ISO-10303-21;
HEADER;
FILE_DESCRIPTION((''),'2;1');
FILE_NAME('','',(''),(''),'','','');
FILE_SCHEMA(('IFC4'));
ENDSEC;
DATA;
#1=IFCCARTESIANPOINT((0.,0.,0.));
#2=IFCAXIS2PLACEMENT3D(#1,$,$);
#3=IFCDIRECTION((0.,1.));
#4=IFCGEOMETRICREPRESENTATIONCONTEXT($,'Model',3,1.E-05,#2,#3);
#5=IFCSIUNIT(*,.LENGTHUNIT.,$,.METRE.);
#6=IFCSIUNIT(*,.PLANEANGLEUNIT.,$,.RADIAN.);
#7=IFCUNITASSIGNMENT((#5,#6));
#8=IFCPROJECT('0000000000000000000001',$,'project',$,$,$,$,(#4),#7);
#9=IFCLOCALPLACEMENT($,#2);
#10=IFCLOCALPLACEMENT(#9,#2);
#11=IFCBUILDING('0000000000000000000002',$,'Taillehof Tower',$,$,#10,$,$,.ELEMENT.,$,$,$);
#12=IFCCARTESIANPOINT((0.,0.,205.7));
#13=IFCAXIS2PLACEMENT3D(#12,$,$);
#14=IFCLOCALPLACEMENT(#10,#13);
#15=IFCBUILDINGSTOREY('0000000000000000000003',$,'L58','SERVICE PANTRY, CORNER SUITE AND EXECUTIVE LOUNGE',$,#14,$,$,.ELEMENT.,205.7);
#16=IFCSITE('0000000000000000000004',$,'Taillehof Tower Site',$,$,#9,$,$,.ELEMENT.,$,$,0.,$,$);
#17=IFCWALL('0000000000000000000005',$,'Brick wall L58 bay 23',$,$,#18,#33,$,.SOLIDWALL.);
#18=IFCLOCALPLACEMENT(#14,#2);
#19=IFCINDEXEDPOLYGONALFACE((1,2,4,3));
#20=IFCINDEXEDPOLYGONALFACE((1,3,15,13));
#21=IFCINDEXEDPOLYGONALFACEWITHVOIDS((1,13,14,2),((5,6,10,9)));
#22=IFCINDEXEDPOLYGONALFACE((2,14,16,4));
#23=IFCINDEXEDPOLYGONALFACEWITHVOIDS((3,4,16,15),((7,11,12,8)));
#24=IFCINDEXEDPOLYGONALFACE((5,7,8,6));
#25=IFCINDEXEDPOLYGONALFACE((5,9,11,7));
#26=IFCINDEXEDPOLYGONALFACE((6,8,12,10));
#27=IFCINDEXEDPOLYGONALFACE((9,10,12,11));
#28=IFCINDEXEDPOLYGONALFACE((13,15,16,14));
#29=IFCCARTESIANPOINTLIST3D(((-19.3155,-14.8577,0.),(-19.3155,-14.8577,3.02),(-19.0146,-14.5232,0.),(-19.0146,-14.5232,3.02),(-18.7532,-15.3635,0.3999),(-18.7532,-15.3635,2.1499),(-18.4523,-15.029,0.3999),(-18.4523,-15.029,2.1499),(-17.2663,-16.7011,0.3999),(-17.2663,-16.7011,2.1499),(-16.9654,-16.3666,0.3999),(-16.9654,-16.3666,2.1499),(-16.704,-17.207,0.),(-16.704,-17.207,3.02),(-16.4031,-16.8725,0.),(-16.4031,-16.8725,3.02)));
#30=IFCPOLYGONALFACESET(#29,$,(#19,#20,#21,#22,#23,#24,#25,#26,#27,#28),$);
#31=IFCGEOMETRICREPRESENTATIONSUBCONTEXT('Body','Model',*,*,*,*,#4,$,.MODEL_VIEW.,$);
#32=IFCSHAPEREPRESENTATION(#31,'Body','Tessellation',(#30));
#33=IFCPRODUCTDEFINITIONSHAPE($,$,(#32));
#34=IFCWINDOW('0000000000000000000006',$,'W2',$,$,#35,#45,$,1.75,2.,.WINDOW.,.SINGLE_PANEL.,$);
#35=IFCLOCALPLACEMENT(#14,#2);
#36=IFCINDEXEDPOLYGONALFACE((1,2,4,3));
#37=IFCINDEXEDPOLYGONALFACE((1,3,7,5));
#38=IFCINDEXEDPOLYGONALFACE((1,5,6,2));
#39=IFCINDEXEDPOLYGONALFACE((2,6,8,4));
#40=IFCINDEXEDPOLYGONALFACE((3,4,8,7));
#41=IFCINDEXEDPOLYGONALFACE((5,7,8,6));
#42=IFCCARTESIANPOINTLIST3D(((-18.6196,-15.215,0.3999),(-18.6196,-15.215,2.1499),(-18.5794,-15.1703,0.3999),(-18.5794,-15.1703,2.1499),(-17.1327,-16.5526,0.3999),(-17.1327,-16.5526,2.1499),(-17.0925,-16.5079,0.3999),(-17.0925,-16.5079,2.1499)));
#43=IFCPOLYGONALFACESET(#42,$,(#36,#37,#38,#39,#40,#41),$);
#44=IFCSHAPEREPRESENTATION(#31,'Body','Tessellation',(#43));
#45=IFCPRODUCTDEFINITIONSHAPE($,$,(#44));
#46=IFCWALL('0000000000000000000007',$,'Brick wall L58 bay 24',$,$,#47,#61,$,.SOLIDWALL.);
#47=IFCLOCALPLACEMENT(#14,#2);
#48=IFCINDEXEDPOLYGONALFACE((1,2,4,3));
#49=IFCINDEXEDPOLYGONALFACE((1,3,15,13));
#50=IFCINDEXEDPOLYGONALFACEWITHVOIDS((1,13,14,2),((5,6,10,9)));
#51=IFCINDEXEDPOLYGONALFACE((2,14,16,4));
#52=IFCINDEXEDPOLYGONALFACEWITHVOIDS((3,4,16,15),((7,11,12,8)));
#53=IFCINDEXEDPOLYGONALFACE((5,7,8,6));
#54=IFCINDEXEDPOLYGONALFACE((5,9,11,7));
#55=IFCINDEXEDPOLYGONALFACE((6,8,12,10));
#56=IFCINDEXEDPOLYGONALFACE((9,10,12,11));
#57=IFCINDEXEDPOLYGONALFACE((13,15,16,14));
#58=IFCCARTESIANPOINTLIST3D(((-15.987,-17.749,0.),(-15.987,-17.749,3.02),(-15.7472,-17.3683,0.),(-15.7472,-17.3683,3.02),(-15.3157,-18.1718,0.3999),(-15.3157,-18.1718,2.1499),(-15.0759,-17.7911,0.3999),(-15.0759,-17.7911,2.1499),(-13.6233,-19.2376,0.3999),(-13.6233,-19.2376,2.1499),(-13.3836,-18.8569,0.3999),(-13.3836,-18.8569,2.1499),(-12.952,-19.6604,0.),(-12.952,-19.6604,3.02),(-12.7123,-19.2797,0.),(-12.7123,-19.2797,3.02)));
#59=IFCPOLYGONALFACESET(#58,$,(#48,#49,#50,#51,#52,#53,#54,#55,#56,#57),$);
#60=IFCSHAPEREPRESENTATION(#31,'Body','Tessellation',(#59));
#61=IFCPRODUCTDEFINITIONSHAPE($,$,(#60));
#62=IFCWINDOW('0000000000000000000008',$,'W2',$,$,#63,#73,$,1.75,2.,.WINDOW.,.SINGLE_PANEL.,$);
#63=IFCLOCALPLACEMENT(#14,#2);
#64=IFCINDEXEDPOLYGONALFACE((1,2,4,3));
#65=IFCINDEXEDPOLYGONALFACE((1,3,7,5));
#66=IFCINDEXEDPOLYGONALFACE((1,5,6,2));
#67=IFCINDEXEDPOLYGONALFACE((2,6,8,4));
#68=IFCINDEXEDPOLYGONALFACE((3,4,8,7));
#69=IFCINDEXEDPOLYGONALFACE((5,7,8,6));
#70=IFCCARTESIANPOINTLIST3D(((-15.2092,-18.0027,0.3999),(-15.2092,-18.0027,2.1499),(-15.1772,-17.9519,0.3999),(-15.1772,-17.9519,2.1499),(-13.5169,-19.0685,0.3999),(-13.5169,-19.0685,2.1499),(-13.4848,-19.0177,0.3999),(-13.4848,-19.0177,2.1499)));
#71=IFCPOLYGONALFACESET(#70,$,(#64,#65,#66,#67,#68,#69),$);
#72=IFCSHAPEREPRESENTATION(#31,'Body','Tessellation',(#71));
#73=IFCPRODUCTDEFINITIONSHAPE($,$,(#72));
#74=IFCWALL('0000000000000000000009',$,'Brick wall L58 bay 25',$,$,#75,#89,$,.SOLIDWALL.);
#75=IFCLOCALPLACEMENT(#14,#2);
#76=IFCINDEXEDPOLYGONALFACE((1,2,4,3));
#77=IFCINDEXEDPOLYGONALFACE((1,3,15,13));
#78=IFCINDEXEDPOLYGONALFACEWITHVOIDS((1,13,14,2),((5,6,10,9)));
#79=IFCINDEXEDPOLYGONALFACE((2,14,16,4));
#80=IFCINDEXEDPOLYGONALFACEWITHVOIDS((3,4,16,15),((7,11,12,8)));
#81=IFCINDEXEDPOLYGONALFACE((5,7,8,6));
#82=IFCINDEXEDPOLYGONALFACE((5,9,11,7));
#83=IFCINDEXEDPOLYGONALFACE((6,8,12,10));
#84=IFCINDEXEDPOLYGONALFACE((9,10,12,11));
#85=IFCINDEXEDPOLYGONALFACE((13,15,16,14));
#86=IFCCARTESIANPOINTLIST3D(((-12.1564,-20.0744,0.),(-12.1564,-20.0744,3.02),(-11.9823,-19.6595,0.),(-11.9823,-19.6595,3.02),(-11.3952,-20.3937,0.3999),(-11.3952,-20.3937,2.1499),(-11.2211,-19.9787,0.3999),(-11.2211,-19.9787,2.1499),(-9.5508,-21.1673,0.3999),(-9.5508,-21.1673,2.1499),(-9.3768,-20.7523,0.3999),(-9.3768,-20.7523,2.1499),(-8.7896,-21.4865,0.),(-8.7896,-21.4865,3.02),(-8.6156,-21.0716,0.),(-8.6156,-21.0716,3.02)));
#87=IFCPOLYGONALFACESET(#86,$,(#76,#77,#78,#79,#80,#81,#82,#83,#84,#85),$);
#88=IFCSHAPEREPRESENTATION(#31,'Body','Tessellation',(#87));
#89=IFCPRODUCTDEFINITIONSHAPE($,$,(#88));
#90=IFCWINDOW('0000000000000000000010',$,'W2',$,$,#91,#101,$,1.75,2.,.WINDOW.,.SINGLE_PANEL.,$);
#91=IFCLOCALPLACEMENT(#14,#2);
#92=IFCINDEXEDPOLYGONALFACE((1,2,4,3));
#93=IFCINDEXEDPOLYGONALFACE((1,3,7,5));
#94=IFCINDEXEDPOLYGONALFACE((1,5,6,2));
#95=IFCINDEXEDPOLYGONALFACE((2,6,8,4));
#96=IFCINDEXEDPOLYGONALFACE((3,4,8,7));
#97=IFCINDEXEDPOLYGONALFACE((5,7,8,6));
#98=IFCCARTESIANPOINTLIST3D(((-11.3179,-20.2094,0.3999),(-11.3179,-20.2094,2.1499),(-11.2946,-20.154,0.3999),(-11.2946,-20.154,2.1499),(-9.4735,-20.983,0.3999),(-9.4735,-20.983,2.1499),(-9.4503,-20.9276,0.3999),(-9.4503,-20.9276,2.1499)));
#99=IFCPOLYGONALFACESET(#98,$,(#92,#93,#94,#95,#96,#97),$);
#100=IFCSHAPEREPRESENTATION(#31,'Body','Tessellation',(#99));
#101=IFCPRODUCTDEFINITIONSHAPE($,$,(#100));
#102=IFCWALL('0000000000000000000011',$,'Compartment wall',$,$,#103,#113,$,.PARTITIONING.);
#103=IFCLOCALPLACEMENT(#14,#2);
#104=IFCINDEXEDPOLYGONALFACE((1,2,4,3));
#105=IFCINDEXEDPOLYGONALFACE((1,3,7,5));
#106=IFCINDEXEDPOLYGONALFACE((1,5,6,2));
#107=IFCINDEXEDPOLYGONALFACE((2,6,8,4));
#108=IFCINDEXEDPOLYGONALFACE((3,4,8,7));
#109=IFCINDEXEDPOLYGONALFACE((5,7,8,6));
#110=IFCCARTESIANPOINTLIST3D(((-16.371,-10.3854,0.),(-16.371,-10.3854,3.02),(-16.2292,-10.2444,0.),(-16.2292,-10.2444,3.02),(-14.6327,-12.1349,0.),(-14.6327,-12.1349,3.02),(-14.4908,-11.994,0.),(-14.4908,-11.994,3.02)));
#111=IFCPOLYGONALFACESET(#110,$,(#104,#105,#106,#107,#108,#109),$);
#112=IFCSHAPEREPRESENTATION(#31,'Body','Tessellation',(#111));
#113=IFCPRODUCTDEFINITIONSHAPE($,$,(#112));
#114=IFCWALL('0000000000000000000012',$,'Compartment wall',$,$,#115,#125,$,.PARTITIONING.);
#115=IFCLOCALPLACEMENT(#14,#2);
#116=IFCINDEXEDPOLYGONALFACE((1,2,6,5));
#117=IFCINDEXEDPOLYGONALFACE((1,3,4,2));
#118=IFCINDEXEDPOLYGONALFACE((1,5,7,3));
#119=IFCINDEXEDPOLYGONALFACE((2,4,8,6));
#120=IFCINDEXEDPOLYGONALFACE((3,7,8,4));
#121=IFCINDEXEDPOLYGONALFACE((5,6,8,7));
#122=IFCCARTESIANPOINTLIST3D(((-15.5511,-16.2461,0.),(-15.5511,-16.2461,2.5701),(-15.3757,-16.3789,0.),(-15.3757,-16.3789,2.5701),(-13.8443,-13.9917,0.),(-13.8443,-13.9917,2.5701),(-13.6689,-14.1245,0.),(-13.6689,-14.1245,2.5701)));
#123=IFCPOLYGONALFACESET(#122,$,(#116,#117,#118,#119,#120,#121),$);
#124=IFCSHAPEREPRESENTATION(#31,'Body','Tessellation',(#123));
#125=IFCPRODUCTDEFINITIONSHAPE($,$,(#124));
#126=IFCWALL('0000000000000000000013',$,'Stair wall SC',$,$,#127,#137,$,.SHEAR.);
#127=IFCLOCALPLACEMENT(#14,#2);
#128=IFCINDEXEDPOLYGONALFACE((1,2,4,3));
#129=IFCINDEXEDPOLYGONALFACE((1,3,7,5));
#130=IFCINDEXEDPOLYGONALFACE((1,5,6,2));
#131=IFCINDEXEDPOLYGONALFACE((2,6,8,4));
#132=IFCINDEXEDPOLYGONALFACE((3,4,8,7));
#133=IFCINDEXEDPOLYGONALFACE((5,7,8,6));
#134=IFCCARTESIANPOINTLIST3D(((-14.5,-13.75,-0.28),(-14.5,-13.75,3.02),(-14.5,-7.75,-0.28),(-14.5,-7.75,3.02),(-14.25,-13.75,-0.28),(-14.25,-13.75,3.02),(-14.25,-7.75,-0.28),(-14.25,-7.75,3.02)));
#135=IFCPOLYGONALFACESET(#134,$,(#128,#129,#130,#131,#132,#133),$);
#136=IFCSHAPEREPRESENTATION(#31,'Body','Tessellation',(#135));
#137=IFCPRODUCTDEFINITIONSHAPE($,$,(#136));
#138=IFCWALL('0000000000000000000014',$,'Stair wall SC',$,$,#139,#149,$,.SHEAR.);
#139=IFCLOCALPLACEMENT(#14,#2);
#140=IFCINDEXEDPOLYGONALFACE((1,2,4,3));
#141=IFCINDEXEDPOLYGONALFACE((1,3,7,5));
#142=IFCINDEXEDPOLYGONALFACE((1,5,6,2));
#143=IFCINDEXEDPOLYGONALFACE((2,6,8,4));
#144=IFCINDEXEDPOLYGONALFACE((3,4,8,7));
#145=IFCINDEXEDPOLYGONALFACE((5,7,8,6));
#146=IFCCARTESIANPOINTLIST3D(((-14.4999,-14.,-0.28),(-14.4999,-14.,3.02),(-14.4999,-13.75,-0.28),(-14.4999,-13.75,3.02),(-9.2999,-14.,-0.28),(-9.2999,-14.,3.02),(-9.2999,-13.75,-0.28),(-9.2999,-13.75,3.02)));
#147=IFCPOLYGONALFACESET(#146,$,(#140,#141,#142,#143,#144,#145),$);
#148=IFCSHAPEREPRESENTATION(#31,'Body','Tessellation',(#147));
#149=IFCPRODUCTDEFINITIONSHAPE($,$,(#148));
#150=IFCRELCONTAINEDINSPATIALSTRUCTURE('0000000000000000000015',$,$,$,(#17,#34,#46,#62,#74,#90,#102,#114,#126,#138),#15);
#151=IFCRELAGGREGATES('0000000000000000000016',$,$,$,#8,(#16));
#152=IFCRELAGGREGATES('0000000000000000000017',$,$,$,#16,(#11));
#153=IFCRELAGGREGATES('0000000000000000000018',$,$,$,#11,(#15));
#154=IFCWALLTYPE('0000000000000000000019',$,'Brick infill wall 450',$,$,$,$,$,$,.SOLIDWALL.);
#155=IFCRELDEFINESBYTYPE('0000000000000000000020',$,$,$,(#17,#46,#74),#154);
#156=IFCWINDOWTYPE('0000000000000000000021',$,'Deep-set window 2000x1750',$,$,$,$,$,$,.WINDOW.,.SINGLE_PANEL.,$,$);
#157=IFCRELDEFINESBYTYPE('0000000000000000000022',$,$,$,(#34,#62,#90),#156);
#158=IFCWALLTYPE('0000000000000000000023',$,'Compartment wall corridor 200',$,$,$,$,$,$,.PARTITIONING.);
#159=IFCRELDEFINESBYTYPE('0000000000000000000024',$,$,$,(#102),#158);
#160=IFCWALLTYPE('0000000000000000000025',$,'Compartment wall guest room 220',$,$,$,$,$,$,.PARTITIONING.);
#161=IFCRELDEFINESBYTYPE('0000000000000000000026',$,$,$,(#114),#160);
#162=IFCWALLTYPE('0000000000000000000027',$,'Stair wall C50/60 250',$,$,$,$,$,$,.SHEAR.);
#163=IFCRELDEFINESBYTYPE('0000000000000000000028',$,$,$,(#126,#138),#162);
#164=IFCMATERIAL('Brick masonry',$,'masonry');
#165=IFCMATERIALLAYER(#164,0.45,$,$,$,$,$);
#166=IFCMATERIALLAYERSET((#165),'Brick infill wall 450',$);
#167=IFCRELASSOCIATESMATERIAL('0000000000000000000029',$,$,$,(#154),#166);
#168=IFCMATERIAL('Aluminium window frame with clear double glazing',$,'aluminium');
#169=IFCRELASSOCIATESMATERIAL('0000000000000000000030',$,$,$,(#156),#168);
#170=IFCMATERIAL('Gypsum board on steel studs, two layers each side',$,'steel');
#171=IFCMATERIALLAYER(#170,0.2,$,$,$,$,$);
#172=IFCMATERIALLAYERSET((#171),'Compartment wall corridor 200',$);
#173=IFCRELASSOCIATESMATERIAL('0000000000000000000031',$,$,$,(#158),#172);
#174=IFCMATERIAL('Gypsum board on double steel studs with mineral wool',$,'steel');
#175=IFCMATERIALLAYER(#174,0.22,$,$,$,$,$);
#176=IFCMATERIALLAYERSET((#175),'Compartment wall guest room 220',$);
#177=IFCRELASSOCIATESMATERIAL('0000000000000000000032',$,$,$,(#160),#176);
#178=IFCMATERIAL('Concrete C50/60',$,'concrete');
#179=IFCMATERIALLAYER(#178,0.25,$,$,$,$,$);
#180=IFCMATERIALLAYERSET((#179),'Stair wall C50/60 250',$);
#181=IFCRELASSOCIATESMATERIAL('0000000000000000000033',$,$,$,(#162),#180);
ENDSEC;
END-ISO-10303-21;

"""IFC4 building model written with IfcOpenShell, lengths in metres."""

from ifc_helpers import new_model, si_unit, direction, frame, frame_2d, origin, place, context, subcontext, project, spatial, rectangle, extrude, material, layer, layer_set, type_object, element, fill, save


model = new_model("IFC4")

# Units and contexts
model_context = context("Model", 3, precision=1e-05, world=origin(), true_north=direction((0.0, 1.0)))
body_context = subcontext(model_context, "Body", "Model", "MODEL_VIEW")
ifc_project = project(units=[si_unit("LENGTHUNIT", "METRE"), si_unit("PLANEANGLEUNIT", "RADIAN")], contexts=[model_context])

# Site, building, storey
site_placement = place(None, origin())
site = spatial("IfcSite", under=ifc_project, at=site_placement, Name="Taillehof Tower Site", CompositionType="ELEMENT", RefElevation=0.0)
building_placement = place(site_placement, origin())
building = spatial("IfcBuilding", under=site, at=building_placement, Name="Taillehof Tower", CompositionType="ELEMENT")
storey_placement = place(building_placement, frame((0.0, 0.0, 205.7)))
storey = spatial("IfcBuildingStorey", under=building, at=storey_placement, Name="L58", Description="SERVICE PANTRY, CORNER SUITE AND EXECUTIVE LOUNGE", CompositionType="ELEMENT", Elevation=205.7)

# Walls, openings, windows
ifc_material_1 = material(Name="Brick masonry", Category="masonry")
ifc_layer_1 = layer(ifc_material_1, 0.45)
ifc_layer_set_1 = layer_set([ifc_layer_1], Name="Brick infill wall 450")
wall_type_1 = type_object("IfcWallType", Name="Brick infill wall 450", PredefinedType="SOLIDWALL", material=ifc_layer_set_1)
ifc_material_2 = material(Name="Aluminium window frame with clear double glazing", Category="aluminium")
window_type = type_object("IfcWindowType", Name="Deep-set window 2000x1750", PartitioningType="SINGLE_PANEL", PredefinedType="WINDOW", material=ifc_material_2)
wall_1_placement = place(storey_placement, frame((-19.165, -14.6904, 0.0), z_axis=(0.0, 0.0, 1.0), x_axis=(0.743443, -0.6688, 0.0)))
wall_1 = element("IfcWall", 1, at=wall_1_placement, inside=storey, type_object=wall_type_1, Name="Brick wall L58 bay 23", PredefinedType="SOLIDWALL", context=body_context, shape_type="SweptSolid", body=[
    extrude(rectangle(XDim=3.5127, YDim=0.45, at=frame_2d((1.7563, 0.0))), origin(), (0.0, 0.0, 1.0), 3.02),
])
opening_1_placement = place(wall_1_placement, frame((0.7563, 0.0, 0.3999)))
opening_1 = element("IfcOpeningElement", 2, at=opening_1_placement, cuts=wall_1, PredefinedType="OPENING", context=body_context, shape_type="SweptSolid", body=[
    extrude(rectangle(XDim=2.0, YDim=1.75, at=frame_2d((1.0, 0.875))), frame((0.0, 0.2349, 0.0), z_axis=(0.0, -1.0, 0.0), x_axis=(1.0, 0.0, 0.0)), (0.0, 0.0, 1.0), 0.47),
])
window_1_placement = place(opening_1_placement, origin())
window_1 = element("IfcWindow", 3, at=window_1_placement, inside=storey, type_object=window_type, Name="W2", OverallHeight=1.75, OverallWidth=2.0, PartitioningType="SINGLE_PANEL", PredefinedType="WINDOW", context=body_context, shape_type="SweptSolid", body=[
    extrude(rectangle(XDim=2.0, YDim=1.75, at=frame_2d((1.0, 0.875))), frame((0.0, 0.0349, 0.0), z_axis=(0.0, -1.0, 0.0), x_axis=(1.0, 0.0, 0.0)), (0.0, 0.0, 1.0), 0.0601),
])
fill(opening_1, window_1)
wall_2_placement = place(storey_placement, frame((-15.8672, -17.5586, 0.0), z_axis=(0.0, 0.0, 1.0), x_axis=(0.846169, -0.532914, 0.0)))
wall_2 = element("IfcWall", 4, at=wall_2_placement, inside=storey, type_object=wall_type_1, Name="Brick wall L58 bay 24", PredefinedType="SOLIDWALL", context=body_context, shape_type="SweptSolid", body=[
    extrude(rectangle(XDim=3.5867, YDim=0.45, at=frame_2d((1.7935, 0.0))), origin(), (0.0, 0.0, 1.0), 3.02),
])
opening_2_placement = place(wall_2_placement, frame((0.7935, 0.0, 0.3999)))
opening_2 = element("IfcOpeningElement", 5, at=opening_2_placement, cuts=wall_2, PredefinedType="OPENING", context=body_context, shape_type="SweptSolid", body=[
    extrude(rectangle(XDim=2.0, YDim=1.75, at=frame_2d((1.0, 0.875))), frame((0.0, 0.2349, 0.0), z_axis=(0.0, -1.0, 0.0), x_axis=(1.0, 0.0, 0.0)), (0.0, 0.0, 1.0), 0.47),
])
window_2_placement = place(opening_2_placement, origin())
window_2 = element("IfcWindow", 6, at=window_2_placement, inside=storey, type_object=window_type, Name="W2", OverallHeight=1.75, OverallWidth=2.0, PartitioningType="SINGLE_PANEL", PredefinedType="WINDOW", context=body_context, shape_type="SweptSolid", body=[
    extrude(rectangle(XDim=2.0, YDim=1.75, at=frame_2d((1.0, 0.875))), frame((0.0, 0.0349, 0.0), z_axis=(0.0, -1.0, 0.0), x_axis=(1.0, 0.0, 0.0)), (0.0, 0.0, 1.0), 0.0601),
])
fill(opening_2, window_2)
wall_3_placement = place(storey_placement, frame((-12.0693, -19.8669, 0.0), z_axis=(0.0, 0.0, 1.0), x_axis=(0.922168, -0.386789, 0.0)))
wall_3 = element("IfcWall", 7, at=wall_3_placement, inside=storey, type_object=wall_type_1, Name="Brick wall L58 bay 25", PredefinedType="SOLIDWALL", context=body_context, shape_type="SweptSolid", body=[
    extrude(rectangle(XDim=3.6509, YDim=0.45, at=frame_2d((1.8254, 0.0))), origin(), (0.0, 0.0, 1.0), 3.02),
])
opening_3_placement = place(wall_3_placement, frame((0.8254, 0.0, 0.3999)))
opening_3 = element("IfcOpeningElement", 8, at=opening_3_placement, cuts=wall_3, PredefinedType="OPENING", context=body_context, shape_type="SweptSolid", body=[
    extrude(rectangle(XDim=2.0, YDim=1.75, at=frame_2d((1.0, 0.875))), frame((0.0, 0.2349, 0.0), z_axis=(0.0, -1.0, 0.0), x_axis=(1.0, 0.0, 0.0)), (0.0, 0.0, 1.0), 0.47),
])
window_3_placement = place(opening_3_placement, origin())
window_3 = element("IfcWindow", 9, at=window_3_placement, inside=storey, type_object=window_type, Name="W2", OverallHeight=1.75, OverallWidth=2.0, PartitioningType="SINGLE_PANEL", PredefinedType="WINDOW", context=body_context, shape_type="SweptSolid", body=[
    extrude(rectangle(XDim=2.0, YDim=1.75, at=frame_2d((1.0, 0.875))), frame((0.0, 0.0349, 0.0), z_axis=(0.0, -1.0, 0.0), x_axis=(1.0, 0.0, 0.0)), (0.0, 0.0, 1.0), 0.0601),
])
fill(opening_3, window_3)

# Walls
ifc_material_3 = material(Name="Gypsum board on steel studs, two layers each side", Category="steel")
ifc_layer_2 = layer(ifc_material_3, 0.2)
ifc_layer_set_2 = layer_set([ifc_layer_2], Name="Compartment wall corridor 200")
wall_type_2 = type_object("IfcWallType", Name="Compartment wall corridor 200", PredefinedType="PARTITIONING", material=ifc_layer_set_2)
wall_4_placement = place(storey_placement, frame((-14.5618, -12.0645, 0.0), z_axis=(0.0, 0.0, 1.0), x_axis=(-0.704826, 0.70938, 0.0)))
element("IfcWall", 10, at=wall_4_placement, inside=storey, type_object=wall_type_2, Name="Compartment wall", PredefinedType="PARTITIONING", context=body_context, shape_type="SweptSolid", body=[
    extrude(rectangle(XDim=2.4663, YDim=0.2, at=frame_2d((1.2332, 0.0))), origin(), (0.0, 0.0, 1.0), 3.02),
])
ifc_material_4 = material(Name="Gypsum board on double steel studs with mineral wool", Category="steel")
ifc_layer_3 = layer(ifc_material_4, 0.22)
ifc_layer_set_3 = layer_set([ifc_layer_3], Name="Compartment wall guest room 220")
wall_type_3 = type_object("IfcWallType", Name="Compartment wall guest room 220", PredefinedType="PARTITIONING", material=ifc_layer_set_3)
wall_5_placement = place(storey_placement, frame((-15.4634, -16.3125, 0.0), z_axis=(0.0, 0.0, 1.0), x_axis=(0.603613, 0.797277, 0.0)))
element("IfcWall", 11, at=wall_5_placement, inside=storey, type_object=wall_type_3, Name="Compartment wall", PredefinedType="PARTITIONING", context=body_context, shape_type="SweptSolid", body=[
    extrude(rectangle(XDim=2.8276, YDim=0.22, at=frame_2d((1.4138, 0.0))), origin(), (0.0, 0.0, 1.0), 2.5701),
])
ifc_material_5 = material(Name="Concrete C50/60", Category="concrete")
ifc_layer_4 = layer(ifc_material_5, 0.25)
ifc_layer_set_4 = layer_set([ifc_layer_4], Name="Stair wall C50/60 250")
wall_type_4 = type_object("IfcWallType", Name="Stair wall C50/60 250", PredefinedType="SHEAR", material=ifc_layer_set_4)
wall_6_placement = place(storey_placement, frame((-14.375, -13.75, -0.28), z_axis=(0.0, 0.0, 1.0), x_axis=(0.0, 1.0, 0.0)))
element("IfcWall", 12, at=wall_6_placement, inside=storey, type_object=wall_type_4, Name="Stair wall SC", PredefinedType="SHEAR", context=body_context, shape_type="SweptSolid", body=[
    extrude(rectangle(XDim=6.0, YDim=0.25, at=frame_2d((3.0, 0.0))), origin(), (0.0, 0.0, 1.0), 3.3),
])
wall_7_placement = place(storey_placement, frame((-14.5, -13.875, -0.28), z_axis=(0.0, 0.0, 1.0), x_axis=(1.0, 0.0, 0.0)))
element("IfcWall", 13, at=wall_7_placement, inside=storey, type_object=wall_type_4, Name="Stair wall SC", PredefinedType="SHEAR", context=body_context, shape_type="SweptSolid", body=[
    extrude(rectangle(XDim=5.2, YDim=0.25, at=frame_2d((2.6001, 0.0))), origin(), (0.0, 0.0, 1.0), 3.3),
])

save(model, "model.ifc")
